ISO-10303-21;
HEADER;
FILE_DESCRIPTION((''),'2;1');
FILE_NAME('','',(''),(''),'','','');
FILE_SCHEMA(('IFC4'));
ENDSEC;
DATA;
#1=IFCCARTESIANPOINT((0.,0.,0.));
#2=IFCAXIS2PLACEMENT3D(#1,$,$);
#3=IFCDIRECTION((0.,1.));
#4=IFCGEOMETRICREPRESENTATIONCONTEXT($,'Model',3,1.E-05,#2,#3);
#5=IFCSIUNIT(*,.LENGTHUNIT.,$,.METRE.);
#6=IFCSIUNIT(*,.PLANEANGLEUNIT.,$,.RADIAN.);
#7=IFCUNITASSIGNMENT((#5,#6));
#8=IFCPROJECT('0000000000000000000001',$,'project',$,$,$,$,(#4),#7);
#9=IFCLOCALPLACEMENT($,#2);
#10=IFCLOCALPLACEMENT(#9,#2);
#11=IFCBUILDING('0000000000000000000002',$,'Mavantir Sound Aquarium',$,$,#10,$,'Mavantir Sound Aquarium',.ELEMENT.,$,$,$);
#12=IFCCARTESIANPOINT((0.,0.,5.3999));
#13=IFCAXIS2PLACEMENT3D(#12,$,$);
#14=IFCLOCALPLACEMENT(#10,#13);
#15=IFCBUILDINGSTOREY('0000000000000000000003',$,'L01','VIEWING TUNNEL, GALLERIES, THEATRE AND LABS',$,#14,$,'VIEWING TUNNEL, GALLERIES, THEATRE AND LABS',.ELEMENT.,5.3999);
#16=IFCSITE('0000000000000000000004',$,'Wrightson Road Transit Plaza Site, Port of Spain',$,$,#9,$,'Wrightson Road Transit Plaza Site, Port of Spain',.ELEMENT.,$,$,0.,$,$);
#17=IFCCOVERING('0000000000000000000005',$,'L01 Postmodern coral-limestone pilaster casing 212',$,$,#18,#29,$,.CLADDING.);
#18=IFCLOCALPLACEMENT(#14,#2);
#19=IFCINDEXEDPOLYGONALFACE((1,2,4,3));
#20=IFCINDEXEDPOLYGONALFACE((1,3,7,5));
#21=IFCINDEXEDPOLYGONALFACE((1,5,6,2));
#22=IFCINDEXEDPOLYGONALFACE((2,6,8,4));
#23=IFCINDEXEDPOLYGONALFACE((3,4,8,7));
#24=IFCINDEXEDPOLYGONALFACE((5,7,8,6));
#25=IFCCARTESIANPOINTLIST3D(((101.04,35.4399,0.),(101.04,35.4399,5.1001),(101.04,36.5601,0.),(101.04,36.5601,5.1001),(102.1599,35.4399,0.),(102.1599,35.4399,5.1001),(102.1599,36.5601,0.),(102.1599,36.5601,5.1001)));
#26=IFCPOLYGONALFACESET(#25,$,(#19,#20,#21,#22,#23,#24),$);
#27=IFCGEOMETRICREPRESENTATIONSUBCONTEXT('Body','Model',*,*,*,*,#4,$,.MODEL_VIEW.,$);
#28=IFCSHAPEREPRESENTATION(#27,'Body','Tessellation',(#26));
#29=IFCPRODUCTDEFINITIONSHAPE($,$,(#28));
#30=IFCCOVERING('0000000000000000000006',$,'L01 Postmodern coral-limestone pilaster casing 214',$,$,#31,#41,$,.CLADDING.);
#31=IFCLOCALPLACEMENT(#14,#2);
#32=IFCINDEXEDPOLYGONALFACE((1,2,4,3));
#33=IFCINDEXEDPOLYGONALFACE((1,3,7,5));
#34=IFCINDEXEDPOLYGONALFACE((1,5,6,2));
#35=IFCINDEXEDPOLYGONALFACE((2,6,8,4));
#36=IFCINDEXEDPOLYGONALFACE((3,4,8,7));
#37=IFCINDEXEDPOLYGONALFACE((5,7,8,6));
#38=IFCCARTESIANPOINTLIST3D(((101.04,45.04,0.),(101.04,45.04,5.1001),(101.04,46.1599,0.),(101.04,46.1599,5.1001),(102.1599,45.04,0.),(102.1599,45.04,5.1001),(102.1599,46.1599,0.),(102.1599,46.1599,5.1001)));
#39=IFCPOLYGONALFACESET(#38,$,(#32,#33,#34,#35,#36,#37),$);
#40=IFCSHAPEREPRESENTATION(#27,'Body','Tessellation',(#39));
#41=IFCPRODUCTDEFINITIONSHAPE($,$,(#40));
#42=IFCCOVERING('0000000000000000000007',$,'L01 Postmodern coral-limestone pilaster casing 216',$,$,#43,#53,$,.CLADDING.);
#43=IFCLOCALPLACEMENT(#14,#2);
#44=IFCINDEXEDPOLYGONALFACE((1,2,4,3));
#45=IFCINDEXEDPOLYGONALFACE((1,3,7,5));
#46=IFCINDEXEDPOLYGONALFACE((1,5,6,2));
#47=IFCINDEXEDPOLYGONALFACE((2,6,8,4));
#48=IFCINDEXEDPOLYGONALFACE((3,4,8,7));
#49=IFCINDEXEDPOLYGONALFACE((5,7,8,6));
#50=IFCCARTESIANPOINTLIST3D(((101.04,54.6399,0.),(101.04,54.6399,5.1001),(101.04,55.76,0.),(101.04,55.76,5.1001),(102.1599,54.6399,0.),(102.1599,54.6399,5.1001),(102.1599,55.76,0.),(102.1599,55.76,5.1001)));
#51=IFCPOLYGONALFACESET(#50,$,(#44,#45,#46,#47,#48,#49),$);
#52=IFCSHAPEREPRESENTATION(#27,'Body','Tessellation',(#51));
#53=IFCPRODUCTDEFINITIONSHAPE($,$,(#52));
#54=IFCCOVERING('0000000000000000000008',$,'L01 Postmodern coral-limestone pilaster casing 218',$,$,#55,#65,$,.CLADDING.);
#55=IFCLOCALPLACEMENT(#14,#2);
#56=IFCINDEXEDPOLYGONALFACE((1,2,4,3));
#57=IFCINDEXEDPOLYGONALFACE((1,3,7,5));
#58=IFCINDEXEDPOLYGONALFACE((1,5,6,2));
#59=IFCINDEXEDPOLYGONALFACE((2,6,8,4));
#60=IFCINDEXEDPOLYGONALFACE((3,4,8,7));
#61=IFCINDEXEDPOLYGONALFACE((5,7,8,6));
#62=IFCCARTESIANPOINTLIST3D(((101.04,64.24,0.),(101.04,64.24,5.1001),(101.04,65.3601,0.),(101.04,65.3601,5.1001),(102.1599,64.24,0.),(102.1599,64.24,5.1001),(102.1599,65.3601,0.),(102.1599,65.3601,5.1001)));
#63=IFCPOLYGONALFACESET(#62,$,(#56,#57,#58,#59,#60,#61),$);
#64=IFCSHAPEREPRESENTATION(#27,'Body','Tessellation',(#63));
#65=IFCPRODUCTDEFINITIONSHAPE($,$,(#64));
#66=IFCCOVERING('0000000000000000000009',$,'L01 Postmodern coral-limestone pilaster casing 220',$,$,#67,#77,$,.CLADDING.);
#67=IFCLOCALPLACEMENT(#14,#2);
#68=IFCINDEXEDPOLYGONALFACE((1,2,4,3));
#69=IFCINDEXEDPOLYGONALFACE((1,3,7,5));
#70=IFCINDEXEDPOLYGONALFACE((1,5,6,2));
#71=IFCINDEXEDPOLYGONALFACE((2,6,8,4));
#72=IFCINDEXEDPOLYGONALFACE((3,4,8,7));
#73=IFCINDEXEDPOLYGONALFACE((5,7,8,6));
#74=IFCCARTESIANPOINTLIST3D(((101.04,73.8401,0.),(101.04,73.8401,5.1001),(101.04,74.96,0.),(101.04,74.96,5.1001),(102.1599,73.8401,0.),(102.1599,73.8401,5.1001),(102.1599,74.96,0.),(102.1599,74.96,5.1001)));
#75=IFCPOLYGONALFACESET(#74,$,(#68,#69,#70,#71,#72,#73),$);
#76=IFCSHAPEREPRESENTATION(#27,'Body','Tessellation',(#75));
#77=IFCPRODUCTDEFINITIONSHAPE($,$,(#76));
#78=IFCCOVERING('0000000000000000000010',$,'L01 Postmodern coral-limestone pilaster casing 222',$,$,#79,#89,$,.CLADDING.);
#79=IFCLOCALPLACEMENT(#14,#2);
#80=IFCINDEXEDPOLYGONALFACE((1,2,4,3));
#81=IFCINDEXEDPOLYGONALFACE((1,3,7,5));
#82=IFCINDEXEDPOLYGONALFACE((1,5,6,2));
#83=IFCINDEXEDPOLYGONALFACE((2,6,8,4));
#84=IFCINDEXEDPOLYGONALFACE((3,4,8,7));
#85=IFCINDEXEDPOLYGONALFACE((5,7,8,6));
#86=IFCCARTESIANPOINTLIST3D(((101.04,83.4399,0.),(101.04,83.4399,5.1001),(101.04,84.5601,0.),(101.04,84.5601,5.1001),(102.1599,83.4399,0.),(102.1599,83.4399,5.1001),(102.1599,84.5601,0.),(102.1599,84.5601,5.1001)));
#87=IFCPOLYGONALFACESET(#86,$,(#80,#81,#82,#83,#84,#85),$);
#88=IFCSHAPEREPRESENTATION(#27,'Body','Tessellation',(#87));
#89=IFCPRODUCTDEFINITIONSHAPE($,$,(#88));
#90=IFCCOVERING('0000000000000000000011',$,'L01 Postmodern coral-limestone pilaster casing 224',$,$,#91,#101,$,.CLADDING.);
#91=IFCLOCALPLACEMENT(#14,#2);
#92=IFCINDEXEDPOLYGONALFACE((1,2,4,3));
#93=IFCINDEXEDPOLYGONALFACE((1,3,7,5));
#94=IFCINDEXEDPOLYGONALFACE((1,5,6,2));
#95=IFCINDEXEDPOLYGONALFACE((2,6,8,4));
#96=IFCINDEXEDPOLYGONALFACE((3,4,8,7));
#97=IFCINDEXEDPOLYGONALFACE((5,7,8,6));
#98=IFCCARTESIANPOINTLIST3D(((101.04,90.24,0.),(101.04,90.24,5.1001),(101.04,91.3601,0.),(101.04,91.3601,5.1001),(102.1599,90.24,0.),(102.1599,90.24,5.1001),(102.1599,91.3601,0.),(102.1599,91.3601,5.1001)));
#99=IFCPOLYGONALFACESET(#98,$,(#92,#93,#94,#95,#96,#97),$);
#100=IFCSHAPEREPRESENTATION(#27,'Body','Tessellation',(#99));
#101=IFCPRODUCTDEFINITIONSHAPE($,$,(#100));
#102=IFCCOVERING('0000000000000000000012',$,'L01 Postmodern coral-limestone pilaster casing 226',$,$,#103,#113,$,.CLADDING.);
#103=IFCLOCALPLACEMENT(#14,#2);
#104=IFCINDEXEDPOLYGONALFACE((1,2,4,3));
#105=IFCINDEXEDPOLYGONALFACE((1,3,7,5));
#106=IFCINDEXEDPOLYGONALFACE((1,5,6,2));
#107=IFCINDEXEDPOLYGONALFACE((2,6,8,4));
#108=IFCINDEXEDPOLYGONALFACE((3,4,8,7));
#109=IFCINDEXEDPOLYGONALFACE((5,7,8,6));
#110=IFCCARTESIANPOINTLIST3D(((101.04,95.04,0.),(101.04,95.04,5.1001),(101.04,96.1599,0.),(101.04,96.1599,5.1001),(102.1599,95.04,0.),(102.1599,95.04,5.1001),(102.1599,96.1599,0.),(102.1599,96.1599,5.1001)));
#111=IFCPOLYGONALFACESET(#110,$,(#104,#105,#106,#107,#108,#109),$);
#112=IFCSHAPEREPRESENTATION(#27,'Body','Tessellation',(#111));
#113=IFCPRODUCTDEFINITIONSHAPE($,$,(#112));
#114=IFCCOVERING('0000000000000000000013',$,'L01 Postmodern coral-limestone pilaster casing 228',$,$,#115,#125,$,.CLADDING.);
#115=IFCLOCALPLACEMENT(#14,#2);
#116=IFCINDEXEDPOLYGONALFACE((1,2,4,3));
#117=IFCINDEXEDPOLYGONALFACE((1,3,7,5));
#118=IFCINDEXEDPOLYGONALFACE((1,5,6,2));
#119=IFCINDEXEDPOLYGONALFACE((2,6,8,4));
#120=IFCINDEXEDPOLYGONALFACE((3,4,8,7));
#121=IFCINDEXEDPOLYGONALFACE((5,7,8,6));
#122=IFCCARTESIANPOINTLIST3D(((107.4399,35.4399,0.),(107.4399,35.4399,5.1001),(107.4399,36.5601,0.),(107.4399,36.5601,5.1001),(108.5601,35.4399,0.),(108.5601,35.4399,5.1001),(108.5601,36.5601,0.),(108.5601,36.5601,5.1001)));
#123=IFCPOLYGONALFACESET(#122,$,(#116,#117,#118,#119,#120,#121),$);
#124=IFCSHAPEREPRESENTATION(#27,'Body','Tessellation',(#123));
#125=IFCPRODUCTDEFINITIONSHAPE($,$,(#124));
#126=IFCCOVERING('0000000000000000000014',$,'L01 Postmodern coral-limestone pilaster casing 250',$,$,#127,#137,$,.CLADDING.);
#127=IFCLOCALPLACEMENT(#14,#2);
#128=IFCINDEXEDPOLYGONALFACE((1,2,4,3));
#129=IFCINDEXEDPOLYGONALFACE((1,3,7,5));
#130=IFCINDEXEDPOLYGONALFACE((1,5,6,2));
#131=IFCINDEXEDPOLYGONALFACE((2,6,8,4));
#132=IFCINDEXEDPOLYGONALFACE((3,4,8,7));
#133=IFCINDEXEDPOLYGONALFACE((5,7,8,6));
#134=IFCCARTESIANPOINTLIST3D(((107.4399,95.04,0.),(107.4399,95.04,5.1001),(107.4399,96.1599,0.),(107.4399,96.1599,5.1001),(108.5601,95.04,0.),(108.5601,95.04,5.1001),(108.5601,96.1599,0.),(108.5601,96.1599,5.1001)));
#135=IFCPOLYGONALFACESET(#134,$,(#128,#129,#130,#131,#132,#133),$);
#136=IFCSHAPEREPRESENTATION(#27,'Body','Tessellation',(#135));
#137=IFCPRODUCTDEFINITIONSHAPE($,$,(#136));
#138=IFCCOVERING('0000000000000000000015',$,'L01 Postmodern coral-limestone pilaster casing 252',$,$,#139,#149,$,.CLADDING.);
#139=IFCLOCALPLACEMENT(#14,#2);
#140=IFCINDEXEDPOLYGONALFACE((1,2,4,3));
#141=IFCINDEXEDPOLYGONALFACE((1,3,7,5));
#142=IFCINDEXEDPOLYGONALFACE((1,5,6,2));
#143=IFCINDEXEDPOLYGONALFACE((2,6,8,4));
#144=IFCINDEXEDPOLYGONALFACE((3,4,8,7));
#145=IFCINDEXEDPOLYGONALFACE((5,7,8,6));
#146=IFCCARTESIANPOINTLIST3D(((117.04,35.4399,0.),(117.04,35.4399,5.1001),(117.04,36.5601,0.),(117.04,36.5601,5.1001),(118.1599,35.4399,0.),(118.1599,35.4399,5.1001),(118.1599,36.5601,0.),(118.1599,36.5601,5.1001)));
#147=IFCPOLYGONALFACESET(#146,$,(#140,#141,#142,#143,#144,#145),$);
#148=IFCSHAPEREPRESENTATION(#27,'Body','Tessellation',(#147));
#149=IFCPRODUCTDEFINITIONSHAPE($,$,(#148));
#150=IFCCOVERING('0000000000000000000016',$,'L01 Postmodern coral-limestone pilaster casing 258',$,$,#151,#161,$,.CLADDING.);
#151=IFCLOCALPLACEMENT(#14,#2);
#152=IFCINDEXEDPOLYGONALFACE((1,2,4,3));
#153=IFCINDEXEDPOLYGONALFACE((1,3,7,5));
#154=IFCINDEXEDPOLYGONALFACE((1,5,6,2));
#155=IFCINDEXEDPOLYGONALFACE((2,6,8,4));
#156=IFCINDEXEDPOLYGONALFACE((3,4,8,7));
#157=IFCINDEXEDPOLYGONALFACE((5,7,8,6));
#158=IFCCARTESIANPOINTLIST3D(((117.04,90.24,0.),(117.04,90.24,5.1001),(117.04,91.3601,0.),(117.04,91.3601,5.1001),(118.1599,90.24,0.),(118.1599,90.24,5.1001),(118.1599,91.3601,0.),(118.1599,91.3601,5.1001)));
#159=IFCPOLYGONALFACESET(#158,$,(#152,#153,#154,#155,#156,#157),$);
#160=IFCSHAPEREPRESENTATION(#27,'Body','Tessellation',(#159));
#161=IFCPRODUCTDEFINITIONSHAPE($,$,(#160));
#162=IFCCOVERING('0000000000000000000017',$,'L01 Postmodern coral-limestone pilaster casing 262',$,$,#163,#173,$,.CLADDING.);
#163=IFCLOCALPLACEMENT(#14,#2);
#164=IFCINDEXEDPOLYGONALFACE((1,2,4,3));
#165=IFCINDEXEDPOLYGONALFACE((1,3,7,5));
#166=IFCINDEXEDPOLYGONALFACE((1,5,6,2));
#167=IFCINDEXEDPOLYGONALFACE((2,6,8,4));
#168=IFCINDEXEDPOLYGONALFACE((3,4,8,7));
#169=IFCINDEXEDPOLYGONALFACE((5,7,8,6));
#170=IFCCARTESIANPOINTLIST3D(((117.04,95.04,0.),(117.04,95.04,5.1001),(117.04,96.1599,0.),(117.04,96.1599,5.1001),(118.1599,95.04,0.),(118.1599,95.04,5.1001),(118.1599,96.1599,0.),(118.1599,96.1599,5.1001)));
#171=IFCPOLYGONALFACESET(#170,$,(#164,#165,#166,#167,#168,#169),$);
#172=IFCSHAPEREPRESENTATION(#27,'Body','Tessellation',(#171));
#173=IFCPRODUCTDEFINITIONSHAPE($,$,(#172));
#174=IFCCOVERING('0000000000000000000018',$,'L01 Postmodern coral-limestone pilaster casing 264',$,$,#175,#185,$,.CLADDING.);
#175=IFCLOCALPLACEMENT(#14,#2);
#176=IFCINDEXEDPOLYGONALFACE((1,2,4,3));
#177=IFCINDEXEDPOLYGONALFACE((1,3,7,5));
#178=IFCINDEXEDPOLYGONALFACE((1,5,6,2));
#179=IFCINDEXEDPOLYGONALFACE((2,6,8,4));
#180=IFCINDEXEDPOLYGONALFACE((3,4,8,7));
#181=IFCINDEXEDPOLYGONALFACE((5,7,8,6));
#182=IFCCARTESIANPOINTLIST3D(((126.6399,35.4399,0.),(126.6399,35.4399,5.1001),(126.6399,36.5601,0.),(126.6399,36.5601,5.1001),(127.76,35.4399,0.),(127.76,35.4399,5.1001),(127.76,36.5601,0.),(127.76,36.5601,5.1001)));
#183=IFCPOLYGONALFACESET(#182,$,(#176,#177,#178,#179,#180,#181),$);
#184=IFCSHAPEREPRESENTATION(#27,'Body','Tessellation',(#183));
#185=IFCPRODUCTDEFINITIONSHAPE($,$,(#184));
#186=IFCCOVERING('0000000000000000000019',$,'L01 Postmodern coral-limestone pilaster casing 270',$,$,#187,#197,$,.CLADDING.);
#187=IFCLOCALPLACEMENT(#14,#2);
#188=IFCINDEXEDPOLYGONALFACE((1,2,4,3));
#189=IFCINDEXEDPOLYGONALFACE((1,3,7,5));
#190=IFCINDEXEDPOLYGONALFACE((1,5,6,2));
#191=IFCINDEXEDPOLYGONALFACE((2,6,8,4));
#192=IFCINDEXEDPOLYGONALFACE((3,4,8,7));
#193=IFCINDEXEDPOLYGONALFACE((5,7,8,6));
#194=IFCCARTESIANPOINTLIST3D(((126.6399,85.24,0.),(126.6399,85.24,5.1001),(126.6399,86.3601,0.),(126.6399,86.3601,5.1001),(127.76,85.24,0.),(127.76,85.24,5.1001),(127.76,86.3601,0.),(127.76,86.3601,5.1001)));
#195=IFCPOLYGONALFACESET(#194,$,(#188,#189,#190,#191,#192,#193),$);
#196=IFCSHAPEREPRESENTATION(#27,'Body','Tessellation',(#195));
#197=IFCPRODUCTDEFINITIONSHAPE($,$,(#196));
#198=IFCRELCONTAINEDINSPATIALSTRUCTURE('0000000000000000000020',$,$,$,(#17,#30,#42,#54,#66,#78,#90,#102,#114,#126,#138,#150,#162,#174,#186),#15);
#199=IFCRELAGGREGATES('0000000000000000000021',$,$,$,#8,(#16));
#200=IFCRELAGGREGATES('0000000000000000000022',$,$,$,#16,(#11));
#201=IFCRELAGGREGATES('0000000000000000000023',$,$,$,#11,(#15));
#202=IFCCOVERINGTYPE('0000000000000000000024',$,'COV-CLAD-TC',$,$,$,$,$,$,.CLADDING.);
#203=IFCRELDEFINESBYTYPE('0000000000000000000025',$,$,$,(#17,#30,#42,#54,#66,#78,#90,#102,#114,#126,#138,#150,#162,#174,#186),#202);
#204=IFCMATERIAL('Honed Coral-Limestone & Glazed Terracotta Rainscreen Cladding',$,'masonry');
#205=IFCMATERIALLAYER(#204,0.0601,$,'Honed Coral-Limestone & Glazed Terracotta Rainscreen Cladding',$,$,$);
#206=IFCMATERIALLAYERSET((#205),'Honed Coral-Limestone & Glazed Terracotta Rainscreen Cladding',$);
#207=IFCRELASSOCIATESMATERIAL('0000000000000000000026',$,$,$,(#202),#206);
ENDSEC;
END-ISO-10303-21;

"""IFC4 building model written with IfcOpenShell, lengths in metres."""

from ifc_helpers import new_model, si_unit, direction, frame, origin, place, context, subcontext, project, spatial, polyline, outline, extrude, material, layer, layer_set, type_object, element, save


model = new_model("IFC4")

# Units and contexts
model_context = context("Model", 3, precision=1e-05, world=origin(), true_north=direction((0.0, 1.0)))
body_context = subcontext(model_context, "Body", "Model", "MODEL_VIEW")
ifc_project = project(units=[si_unit("LENGTHUNIT", "METRE"), si_unit("PLANEANGLEUNIT", "RADIAN")], contexts=[model_context])

# Site, building, storey
site_placement = place(None, origin())
site = spatial("IfcSite", under=ifc_project, at=site_placement, Name="Wrightson Road Transit Plaza Site, Port of Spain", LongName="Wrightson Road Transit Plaza Site, Port of Spain", CompositionType="ELEMENT", RefElevation=0.0)
building_placement = place(site_placement, origin())
building = spatial("IfcBuilding", under=site, at=building_placement, Name="Mavantir Sound Aquarium", LongName="Mavantir Sound Aquarium", CompositionType="ELEMENT")
storey_placement = place(building_placement, frame((0.0, 0.0, 5.3999)))
storey = spatial("IfcBuildingStorey", under=building, at=storey_placement, Name="L01", Description="VIEWING TUNNEL, GALLERIES, THEATRE AND LABS", LongName="VIEWING TUNNEL, GALLERIES, THEATRE AND LABS", CompositionType="ELEMENT", Elevation=5.3999)

# Coverings
ifc_material = material(Name="Honed Coral-Limestone & Glazed Terracotta Rainscreen Cladding", Category="masonry")
ifc_layer = layer(ifc_material, 0.0601, Name="Honed Coral-Limestone & Glazed Terracotta Rainscreen Cladding")
ifc_layer_set = layer_set([ifc_layer], Name="Honed Coral-Limestone & Glazed Terracotta Rainscreen Cladding")
covering_type = type_object("IfcCoveringType", Name="COV-CLAD-TC", PredefinedType="CLADDING", material=ifc_layer_set)
covering_1_placement = place(storey_placement, origin())
element("IfcCovering", 1, at=covering_1_placement, inside=storey, type_object=covering_type, Name="L01 Postmodern coral-limestone pilaster casing 212", PredefinedType="CLADDING", context=body_context, shape_type="SweptSolid", body=[
    extrude(outline(polyline([(101.04, 35.4399), (102.1599, 35.4399), (102.1599, 36.5601), (101.04, 36.5601), (101.04, 35.4399)])), origin(), (0.0, 0.0, 1.0), 5.1001),
])
covering_2_placement = place(storey_placement, origin())
element("IfcCovering", 2, at=covering_2_placement, inside=storey, type_object=covering_type, Name="L01 Postmodern coral-limestone pilaster casing 214", PredefinedType="CLADDING", context=body_context, shape_type="SweptSolid", body=[
    extrude(outline(polyline([(101.04, 45.04), (102.1599, 45.04), (102.1599, 46.1599), (101.04, 46.1599), (101.04, 45.04)])), origin(), (0.0, 0.0, 1.0), 5.1001),
])
covering_3_placement = place(storey_placement, origin())
element("IfcCovering", 3, at=covering_3_placement, inside=storey, type_object=covering_type, Name="L01 Postmodern coral-limestone pilaster casing 216", PredefinedType="CLADDING", context=body_context, shape_type="SweptSolid", body=[
    extrude(outline(polyline([(101.04, 54.6399), (102.1599, 54.6399), (102.1599, 55.76), (101.04, 55.76), (101.04, 54.6399)])), origin(), (0.0, 0.0, 1.0), 5.1001),
])
covering_4_placement = place(storey_placement, origin())
element("IfcCovering", 4, at=covering_4_placement, inside=storey, type_object=covering_type, Name="L01 Postmodern coral-limestone pilaster casing 218", PredefinedType="CLADDING", context=body_context, shape_type="SweptSolid", body=[
    extrude(outline(polyline([(101.04, 64.24), (102.1599, 64.24), (102.1599, 65.3601), (101.04, 65.3601), (101.04, 64.24)])), origin(), (0.0, 0.0, 1.0), 5.1001),
])
covering_5_placement = place(storey_placement, origin())
element("IfcCovering", 5, at=covering_5_placement, inside=storey, type_object=covering_type, Name="L01 Postmodern coral-limestone pilaster casing 220", PredefinedType="CLADDING", context=body_context, shape_type="SweptSolid", body=[
    extrude(outline(polyline([(101.04, 73.8401), (102.1599, 73.8401), (102.1599, 74.96), (101.04, 74.96), (101.04, 73.8401)])), origin(), (0.0, 0.0, 1.0), 5.1001),
])
covering_6_placement = place(storey_placement, origin())
element("IfcCovering", 6, at=covering_6_placement, inside=storey, type_object=covering_type, Name="L01 Postmodern coral-limestone pilaster casing 222", PredefinedType="CLADDING", context=body_context, shape_type="SweptSolid", body=[
    extrude(outline(polyline([(101.04, 83.4399), (102.1599, 83.4399), (102.1599, 84.5601), (101.04, 84.5601), (101.04, 83.4399)])), origin(), (0.0, 0.0, 1.0), 5.1001),
])
covering_7_placement = place(storey_placement, origin())
element("IfcCovering", 7, at=covering_7_placement, inside=storey, type_object=covering_type, Name="L01 Postmodern coral-limestone pilaster casing 224", PredefinedType="CLADDING", context=body_context, shape_type="SweptSolid", body=[
    extrude(outline(polyline([(101.04, 90.24), (102.1599, 90.24), (102.1599, 91.3601), (101.04, 91.3601), (101.04, 90.24)])), origin(), (0.0, 0.0, 1.0), 5.1001),
])
covering_8_placement = place(storey_placement, origin())
element("IfcCovering", 8, at=covering_8_placement, inside=storey, type_object=covering_type, Name="L01 Postmodern coral-limestone pilaster casing 226", PredefinedType="CLADDING", context=body_context, shape_type="SweptSolid", body=[
    extrude(outline(polyline([(101.04, 95.04), (102.1599, 95.04), (102.1599, 96.1599), (101.04, 96.1599), (101.04, 95.04)])), origin(), (0.0, 0.0, 1.0), 5.1001),
])
covering_9_placement = place(storey_placement, origin())
element("IfcCovering", 9, at=covering_9_placement, inside=storey, type_object=covering_type, Name="L01 Postmodern coral-limestone pilaster casing 228", PredefinedType="CLADDING", context=body_context, shape_type="SweptSolid", body=[
    extrude(outline(polyline([(107.4399, 35.4399), (108.5601, 35.4399), (108.5601, 36.5601), (107.4399, 36.5601), (107.4399, 35.4399)])), origin(), (0.0, 0.0, 1.0), 5.1001),
])
covering_10_placement = place(storey_placement, origin())
element("IfcCovering", 10, at=covering_10_placement, inside=storey, type_object=covering_type, Name="L01 Postmodern coral-limestone pilaster casing 250", PredefinedType="CLADDING", context=body_context, shape_type="SweptSolid", body=[
    extrude(outline(polyline([(107.4399, 95.04), (108.5601, 95.04), (108.5601, 96.1599), (107.4399, 96.1599), (107.4399, 95.04)])), origin(), (0.0, 0.0, 1.0), 5.1001),
])
covering_11_placement = place(storey_placement, origin())
element("IfcCovering", 11, at=covering_11_placement, inside=storey, type_object=covering_type, Name="L01 Postmodern coral-limestone pilaster casing 252", PredefinedType="CLADDING", context=body_context, shape_type="SweptSolid", body=[
    extrude(outline(polyline([(117.04, 35.4399), (118.1599, 35.4399), (118.1599, 36.5601), (117.04, 36.5601), (117.04, 35.4399)])), origin(), (0.0, 0.0, 1.0), 5.1001),
])
covering_12_placement = place(storey_placement, origin())
element("IfcCovering", 12, at=covering_12_placement, inside=storey, type_object=covering_type, Name="L01 Postmodern coral-limestone pilaster casing 258", PredefinedType="CLADDING", context=body_context, shape_type="SweptSolid", body=[
    extrude(outline(polyline([(117.04, 90.24), (118.1599, 90.24), (118.1599, 91.3601), (117.04, 91.3601), (117.04, 90.24)])), origin(), (0.0, 0.0, 1.0), 5.1001),
])
covering_13_placement = place(storey_placement, origin())
element("IfcCovering", 13, at=covering_13_placement, inside=storey, type_object=covering_type, Name="L01 Postmodern coral-limestone pilaster casing 262", PredefinedType="CLADDING", context=body_context, shape_type="SweptSolid", body=[
    extrude(outline(polyline([(117.04, 95.04), (118.1599, 95.04), (118.1599, 96.1599), (117.04, 96.1599), (117.04, 95.04)])), origin(), (0.0, 0.0, 1.0), 5.1001),
])
covering_14_placement = place(storey_placement, origin())
element("IfcCovering", 14, at=covering_14_placement, inside=storey, type_object=covering_type, Name="L01 Postmodern coral-limestone pilaster casing 264", PredefinedType="CLADDING", context=body_context, shape_type="SweptSolid", body=[
    extrude(outline(polyline([(126.6399, 35.4399), (127.76, 35.4399), (127.76, 36.5601), (126.6399, 36.5601), (126.6399, 35.4399)])), origin(), (0.0, 0.0, 1.0), 5.1001),
])
covering_15_placement = place(storey_placement, origin())
element("IfcCovering", 15, at=covering_15_placement, inside=storey, type_object=covering_type, Name="L01 Postmodern coral-limestone pilaster casing 270", PredefinedType="CLADDING", context=body_context, shape_type="SweptSolid", body=[
    extrude(outline(polyline([(126.6399, 85.24), (127.76, 85.24), (127.76, 86.3601), (126.6399, 86.3601), (126.6399, 85.24)])), origin(), (0.0, 0.0, 1.0), 5.1001),
])

save(model, "model.ifc")
